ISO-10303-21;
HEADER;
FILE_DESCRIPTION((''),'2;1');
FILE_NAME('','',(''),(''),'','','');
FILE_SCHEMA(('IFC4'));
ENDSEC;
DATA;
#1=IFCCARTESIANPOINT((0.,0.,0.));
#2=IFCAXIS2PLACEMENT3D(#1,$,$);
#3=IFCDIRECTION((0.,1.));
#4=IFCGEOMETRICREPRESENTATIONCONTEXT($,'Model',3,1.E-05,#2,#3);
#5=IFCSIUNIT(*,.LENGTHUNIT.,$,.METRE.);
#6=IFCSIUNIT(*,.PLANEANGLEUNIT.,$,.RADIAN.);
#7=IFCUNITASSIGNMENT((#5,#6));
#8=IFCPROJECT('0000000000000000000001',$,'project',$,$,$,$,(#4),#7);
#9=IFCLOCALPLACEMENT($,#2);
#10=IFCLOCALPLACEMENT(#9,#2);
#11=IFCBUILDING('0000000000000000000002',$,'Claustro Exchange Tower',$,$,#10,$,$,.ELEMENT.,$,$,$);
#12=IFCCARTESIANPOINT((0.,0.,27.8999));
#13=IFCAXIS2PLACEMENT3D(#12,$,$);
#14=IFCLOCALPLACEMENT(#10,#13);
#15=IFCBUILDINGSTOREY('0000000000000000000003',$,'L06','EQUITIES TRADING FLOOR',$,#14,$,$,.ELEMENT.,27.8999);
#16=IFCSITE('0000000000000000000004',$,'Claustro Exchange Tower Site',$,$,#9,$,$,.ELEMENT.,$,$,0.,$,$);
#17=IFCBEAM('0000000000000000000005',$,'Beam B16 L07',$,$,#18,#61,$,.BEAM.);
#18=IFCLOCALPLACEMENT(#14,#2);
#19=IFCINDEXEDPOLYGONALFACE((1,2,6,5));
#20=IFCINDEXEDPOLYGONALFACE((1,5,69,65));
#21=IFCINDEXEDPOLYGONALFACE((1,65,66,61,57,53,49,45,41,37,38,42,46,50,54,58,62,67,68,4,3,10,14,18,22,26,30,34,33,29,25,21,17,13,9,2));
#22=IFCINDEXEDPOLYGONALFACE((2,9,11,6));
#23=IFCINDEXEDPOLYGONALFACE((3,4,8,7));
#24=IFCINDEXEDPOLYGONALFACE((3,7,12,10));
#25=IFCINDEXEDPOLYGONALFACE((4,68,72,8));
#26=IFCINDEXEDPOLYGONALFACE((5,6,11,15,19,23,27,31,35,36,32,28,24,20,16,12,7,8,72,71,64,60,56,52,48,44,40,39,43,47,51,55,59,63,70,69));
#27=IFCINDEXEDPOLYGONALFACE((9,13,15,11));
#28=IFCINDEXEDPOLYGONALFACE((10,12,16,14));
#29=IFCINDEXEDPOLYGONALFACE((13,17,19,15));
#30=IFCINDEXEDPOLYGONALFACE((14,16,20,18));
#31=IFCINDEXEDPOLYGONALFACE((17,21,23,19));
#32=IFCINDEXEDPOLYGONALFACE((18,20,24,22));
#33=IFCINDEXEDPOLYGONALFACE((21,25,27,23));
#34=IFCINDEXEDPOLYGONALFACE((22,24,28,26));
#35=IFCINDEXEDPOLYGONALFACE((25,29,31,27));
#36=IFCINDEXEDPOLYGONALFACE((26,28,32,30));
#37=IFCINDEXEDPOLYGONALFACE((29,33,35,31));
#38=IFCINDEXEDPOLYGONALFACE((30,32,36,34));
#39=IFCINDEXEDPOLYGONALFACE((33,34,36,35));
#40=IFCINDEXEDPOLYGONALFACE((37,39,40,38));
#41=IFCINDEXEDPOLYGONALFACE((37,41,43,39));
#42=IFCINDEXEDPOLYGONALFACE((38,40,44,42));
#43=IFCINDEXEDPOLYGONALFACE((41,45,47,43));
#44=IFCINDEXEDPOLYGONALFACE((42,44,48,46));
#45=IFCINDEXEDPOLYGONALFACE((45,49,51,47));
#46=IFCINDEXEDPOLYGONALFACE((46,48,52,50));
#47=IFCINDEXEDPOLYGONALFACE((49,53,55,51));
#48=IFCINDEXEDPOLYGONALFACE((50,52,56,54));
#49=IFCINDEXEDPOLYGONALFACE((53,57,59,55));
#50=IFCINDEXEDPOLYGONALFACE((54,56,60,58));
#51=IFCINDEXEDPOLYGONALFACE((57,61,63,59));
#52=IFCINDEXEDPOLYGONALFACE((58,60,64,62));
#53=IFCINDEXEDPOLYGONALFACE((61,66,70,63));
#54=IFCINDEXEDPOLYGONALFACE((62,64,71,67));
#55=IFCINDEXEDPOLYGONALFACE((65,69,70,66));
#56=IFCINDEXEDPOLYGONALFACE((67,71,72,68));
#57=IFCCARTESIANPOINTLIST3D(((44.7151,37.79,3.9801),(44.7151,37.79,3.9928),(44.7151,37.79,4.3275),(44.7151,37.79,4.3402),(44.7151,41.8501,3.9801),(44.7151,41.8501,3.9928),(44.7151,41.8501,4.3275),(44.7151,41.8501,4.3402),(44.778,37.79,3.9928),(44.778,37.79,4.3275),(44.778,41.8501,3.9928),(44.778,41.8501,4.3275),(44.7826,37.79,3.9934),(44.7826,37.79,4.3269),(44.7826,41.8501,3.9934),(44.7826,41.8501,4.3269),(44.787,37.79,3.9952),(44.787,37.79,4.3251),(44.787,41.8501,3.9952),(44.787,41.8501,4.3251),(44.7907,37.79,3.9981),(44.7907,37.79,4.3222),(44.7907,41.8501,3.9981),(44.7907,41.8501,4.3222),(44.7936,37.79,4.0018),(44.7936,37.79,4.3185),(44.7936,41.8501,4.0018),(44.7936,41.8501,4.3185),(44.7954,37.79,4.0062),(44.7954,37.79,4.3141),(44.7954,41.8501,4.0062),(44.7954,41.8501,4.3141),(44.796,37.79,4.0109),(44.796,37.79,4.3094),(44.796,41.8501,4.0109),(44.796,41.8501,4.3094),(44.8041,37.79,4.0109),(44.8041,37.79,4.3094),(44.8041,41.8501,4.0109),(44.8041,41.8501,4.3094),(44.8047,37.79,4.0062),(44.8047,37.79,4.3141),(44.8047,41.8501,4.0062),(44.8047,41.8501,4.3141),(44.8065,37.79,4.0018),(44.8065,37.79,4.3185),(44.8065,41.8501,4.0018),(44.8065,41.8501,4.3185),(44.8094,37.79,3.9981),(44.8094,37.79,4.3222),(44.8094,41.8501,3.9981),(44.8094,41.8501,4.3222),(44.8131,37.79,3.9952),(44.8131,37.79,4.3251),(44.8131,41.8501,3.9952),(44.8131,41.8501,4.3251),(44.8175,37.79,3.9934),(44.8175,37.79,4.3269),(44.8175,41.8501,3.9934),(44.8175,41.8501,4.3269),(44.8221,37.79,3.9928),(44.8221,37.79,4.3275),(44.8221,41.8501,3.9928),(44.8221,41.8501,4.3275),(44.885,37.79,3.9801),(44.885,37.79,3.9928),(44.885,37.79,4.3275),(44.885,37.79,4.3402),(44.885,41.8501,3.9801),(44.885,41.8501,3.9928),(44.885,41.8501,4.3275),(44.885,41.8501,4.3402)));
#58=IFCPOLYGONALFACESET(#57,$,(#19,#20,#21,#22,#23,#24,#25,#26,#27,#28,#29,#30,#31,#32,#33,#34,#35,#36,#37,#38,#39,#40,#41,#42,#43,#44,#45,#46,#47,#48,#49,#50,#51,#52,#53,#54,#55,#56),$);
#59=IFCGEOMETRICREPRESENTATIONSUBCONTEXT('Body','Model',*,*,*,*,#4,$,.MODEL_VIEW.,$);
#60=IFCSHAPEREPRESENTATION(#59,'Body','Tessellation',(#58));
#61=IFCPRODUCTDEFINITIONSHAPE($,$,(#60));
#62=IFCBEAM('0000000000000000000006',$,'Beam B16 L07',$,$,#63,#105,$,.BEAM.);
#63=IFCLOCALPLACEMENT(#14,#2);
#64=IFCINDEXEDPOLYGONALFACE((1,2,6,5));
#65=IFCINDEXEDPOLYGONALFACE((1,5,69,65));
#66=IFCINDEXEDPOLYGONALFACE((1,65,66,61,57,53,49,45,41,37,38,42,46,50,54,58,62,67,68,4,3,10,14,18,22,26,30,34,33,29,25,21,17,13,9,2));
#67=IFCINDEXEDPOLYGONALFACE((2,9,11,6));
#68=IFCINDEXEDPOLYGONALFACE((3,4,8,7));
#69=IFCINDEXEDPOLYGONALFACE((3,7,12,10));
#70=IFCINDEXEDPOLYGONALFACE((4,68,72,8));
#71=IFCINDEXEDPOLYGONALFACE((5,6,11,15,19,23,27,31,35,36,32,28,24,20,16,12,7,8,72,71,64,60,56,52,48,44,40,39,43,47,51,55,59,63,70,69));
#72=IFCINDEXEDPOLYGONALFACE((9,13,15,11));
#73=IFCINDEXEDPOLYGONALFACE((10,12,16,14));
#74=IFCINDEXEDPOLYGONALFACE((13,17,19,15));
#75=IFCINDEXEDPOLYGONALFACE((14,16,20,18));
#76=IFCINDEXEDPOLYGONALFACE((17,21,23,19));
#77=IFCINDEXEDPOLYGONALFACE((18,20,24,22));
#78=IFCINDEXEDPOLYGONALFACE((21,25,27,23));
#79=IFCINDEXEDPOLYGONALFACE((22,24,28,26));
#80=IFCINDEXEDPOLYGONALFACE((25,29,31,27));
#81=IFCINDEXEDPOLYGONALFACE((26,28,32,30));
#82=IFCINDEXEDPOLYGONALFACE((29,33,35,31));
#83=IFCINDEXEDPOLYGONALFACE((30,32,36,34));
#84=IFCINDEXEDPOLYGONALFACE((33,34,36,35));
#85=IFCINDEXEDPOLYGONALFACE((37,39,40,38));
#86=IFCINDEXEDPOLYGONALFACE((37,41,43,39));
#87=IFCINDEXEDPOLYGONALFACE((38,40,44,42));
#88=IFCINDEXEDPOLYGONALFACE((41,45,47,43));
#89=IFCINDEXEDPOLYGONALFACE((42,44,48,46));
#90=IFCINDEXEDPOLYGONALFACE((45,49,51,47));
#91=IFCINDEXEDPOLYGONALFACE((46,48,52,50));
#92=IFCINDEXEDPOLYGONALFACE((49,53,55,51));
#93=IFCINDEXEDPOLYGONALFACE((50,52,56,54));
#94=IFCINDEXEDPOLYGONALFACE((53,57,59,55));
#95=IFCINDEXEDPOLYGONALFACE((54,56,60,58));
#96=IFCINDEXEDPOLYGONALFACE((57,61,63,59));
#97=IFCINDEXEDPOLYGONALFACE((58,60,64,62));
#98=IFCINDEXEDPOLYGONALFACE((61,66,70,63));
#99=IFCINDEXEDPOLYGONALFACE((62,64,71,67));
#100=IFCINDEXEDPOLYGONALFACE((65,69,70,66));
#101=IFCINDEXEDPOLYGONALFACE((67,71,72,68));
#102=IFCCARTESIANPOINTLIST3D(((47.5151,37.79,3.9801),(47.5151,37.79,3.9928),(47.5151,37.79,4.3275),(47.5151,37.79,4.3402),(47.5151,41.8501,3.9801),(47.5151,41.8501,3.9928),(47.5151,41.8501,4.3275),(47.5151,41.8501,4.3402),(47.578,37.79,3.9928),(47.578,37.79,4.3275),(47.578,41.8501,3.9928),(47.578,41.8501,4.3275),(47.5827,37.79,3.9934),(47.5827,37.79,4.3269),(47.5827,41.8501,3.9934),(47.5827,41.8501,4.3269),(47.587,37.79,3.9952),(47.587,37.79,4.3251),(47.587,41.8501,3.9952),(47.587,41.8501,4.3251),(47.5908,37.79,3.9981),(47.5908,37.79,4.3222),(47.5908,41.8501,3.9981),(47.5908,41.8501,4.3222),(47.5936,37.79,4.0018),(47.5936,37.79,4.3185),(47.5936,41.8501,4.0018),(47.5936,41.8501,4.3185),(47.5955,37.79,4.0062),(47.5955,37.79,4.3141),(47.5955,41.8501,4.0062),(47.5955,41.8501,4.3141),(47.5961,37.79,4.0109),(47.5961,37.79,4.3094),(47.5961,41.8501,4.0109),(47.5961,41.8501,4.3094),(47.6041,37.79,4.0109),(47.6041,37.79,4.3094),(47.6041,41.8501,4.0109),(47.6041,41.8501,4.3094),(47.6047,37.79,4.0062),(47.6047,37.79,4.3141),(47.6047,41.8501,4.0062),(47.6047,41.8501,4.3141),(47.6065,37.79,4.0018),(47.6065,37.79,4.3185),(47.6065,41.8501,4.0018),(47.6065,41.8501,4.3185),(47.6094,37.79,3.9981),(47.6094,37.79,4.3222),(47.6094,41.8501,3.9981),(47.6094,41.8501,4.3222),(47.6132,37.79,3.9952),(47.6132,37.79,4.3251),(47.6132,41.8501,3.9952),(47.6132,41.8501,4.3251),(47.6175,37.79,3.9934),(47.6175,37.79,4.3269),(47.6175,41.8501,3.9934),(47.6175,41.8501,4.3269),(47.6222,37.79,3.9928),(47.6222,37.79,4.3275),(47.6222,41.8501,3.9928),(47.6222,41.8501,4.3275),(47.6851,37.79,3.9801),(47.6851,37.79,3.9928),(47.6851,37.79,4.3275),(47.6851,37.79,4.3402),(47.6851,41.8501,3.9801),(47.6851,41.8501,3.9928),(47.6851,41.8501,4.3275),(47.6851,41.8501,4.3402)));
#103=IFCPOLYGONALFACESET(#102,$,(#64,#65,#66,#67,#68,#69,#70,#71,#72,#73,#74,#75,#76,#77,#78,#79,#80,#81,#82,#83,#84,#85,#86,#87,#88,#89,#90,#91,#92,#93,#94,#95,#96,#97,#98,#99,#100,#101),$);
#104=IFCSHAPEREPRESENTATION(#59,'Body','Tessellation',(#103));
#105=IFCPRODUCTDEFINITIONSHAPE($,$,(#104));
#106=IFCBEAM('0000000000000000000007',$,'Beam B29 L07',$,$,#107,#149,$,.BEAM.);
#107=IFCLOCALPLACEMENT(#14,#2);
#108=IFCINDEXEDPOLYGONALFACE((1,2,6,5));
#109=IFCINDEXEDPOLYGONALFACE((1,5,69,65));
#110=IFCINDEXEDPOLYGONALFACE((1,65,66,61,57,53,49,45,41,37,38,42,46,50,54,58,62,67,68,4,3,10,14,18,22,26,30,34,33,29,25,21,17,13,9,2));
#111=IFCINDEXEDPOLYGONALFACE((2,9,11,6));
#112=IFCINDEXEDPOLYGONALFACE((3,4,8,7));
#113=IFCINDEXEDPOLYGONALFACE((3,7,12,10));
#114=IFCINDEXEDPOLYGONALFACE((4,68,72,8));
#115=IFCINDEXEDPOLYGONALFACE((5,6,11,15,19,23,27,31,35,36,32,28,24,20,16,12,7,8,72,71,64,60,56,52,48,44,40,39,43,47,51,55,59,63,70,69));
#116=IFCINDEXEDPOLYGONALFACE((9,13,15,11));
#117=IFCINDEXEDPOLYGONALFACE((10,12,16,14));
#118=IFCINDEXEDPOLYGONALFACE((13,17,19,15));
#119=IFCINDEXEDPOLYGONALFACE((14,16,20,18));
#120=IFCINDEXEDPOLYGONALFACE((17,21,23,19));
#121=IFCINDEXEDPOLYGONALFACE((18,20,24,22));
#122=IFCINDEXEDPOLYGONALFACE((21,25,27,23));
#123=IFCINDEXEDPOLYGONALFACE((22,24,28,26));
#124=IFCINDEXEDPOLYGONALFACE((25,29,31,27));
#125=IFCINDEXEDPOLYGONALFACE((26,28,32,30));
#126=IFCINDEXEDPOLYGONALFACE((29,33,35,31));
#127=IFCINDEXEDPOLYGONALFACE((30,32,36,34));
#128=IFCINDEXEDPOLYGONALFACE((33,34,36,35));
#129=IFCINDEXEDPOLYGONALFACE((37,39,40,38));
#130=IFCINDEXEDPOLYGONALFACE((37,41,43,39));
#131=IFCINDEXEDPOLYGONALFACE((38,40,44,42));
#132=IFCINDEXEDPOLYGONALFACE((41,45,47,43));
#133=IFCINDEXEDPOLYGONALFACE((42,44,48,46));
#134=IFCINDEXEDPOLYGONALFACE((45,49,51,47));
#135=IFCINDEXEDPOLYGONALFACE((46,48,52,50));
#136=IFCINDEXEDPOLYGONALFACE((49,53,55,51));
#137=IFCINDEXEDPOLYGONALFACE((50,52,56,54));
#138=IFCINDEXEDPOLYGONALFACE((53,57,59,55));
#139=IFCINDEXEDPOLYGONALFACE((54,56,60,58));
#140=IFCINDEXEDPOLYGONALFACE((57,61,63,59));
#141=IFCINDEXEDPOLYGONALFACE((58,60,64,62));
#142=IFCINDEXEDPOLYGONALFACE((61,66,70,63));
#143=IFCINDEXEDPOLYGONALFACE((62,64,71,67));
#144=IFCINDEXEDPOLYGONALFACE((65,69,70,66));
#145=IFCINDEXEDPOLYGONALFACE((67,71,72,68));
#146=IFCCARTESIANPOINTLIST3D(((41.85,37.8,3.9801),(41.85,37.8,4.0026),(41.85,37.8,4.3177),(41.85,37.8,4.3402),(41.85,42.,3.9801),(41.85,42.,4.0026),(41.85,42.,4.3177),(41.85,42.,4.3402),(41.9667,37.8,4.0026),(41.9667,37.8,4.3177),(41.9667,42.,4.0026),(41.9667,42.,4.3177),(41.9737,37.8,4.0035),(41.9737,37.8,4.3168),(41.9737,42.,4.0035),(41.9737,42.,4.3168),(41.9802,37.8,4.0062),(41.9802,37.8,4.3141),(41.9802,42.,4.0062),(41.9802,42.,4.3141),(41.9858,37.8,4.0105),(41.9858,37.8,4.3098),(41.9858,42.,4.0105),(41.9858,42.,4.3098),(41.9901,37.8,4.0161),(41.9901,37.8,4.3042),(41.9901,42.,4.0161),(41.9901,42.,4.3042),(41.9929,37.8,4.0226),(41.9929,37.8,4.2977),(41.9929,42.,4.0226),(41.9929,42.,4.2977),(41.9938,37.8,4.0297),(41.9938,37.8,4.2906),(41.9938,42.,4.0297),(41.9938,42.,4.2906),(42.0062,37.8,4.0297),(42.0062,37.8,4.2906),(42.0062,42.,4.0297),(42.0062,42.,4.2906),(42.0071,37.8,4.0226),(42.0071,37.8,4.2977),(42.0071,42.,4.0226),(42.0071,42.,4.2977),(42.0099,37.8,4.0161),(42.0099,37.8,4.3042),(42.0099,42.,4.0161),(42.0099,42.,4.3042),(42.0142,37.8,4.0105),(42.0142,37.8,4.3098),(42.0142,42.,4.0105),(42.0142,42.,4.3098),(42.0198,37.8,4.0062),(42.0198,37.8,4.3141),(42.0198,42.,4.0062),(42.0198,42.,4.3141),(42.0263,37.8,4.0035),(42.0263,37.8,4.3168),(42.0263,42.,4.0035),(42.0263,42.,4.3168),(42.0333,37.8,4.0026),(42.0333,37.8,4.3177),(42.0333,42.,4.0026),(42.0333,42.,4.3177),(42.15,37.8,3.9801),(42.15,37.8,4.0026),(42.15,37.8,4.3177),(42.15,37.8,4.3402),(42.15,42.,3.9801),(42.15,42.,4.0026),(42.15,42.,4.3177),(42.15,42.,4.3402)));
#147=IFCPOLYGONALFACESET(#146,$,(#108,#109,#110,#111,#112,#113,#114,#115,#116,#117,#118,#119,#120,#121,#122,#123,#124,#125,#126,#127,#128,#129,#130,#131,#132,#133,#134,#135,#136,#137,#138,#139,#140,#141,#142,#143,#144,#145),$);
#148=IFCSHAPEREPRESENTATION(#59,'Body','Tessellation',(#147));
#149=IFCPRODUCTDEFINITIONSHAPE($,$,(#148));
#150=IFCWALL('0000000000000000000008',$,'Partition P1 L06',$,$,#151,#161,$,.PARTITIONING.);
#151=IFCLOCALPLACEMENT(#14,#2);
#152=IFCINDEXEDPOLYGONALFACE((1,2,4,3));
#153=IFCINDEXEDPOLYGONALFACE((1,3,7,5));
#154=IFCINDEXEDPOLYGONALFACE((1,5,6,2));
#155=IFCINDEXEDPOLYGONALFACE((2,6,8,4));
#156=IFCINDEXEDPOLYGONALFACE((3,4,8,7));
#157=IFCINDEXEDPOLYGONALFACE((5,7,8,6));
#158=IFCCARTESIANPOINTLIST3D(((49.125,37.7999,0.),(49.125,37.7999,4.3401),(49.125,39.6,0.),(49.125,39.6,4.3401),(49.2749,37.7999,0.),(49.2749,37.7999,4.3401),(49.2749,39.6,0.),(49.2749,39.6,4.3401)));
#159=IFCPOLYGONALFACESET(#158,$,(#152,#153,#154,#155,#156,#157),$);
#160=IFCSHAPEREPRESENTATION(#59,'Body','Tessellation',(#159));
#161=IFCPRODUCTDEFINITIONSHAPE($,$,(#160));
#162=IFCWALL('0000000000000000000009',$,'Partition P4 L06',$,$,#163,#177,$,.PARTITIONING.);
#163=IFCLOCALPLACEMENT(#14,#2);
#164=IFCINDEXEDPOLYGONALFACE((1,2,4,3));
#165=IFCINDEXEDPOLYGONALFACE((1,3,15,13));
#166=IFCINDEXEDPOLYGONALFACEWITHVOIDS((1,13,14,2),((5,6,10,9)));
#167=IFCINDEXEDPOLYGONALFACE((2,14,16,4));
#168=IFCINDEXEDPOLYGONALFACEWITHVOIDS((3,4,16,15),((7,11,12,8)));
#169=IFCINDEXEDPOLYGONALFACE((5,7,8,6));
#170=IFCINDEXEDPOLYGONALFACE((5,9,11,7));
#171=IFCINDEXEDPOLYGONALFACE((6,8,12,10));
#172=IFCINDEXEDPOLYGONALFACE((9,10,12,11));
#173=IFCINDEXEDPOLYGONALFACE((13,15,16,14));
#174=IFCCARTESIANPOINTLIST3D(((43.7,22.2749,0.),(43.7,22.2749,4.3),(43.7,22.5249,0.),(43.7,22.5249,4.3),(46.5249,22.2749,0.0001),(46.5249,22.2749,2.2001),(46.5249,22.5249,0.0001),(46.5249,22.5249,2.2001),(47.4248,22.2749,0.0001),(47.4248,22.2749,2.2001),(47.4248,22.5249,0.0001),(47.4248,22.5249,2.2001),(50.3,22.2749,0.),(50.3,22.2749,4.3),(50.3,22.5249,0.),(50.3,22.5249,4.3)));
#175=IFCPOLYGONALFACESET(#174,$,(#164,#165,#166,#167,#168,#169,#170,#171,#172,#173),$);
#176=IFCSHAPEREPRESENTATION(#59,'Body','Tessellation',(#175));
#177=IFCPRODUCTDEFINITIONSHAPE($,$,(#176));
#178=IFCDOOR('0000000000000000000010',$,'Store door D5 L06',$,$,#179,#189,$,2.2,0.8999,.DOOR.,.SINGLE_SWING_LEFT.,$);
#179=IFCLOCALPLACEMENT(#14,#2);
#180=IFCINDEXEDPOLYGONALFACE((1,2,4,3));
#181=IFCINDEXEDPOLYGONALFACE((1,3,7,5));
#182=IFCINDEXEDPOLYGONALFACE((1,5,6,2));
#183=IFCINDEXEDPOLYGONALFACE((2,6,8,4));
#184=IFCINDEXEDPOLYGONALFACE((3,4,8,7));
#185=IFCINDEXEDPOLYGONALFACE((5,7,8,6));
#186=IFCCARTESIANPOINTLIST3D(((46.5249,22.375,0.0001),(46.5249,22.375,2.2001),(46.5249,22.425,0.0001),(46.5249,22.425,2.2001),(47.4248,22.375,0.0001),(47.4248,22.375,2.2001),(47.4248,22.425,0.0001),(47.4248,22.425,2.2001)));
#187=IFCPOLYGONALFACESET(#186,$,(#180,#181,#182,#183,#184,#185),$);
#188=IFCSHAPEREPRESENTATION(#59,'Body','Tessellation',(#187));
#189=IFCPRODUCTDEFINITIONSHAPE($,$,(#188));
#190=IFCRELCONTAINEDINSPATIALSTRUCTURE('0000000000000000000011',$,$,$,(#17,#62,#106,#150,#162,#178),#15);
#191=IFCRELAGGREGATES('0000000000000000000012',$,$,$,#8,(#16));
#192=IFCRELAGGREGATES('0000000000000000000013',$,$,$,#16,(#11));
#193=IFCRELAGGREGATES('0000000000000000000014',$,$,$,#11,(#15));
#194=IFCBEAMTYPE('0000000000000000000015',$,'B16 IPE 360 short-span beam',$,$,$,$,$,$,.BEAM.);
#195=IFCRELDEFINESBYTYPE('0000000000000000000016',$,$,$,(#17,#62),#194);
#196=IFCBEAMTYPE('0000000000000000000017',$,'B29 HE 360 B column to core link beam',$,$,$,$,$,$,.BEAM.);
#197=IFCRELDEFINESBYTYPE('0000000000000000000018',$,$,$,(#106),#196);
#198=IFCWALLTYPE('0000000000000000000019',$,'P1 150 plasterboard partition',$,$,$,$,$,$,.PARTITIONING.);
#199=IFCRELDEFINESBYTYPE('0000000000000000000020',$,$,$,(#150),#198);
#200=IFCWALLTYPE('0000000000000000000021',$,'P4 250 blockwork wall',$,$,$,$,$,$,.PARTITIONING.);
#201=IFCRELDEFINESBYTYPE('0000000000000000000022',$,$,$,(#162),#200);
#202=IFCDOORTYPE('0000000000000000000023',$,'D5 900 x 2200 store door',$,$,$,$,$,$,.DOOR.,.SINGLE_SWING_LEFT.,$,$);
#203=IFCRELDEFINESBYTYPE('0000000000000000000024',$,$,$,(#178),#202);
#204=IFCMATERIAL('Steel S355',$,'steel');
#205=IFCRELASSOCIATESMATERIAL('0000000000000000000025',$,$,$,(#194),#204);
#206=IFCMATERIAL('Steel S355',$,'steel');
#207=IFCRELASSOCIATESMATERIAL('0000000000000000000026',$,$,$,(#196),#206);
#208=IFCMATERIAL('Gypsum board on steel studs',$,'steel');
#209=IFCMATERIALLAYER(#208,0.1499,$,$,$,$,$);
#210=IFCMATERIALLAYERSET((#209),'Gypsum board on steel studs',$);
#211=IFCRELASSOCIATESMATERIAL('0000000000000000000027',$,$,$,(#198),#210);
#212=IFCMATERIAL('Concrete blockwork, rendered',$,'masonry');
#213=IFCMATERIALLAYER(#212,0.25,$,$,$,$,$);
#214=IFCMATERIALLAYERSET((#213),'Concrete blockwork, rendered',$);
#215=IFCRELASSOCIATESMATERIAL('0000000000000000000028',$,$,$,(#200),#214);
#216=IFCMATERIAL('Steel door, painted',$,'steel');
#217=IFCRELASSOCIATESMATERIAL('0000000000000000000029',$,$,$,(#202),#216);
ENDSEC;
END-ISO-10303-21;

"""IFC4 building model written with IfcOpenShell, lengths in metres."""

from ifc_helpers import new_model, si_unit, direction, frame, frame_2d, origin, origin_2d, place, context, subcontext, project, spatial, rectangle, i_section, extrude, material, layer, layer_set, material_profile, profile_set, type_object, element, fill, save


model = new_model("IFC4")

# Units and contexts
model_context = context("Model", 3, precision=1e-05, world=origin(), true_north=direction((0.0, 1.0)))
body_context = subcontext(model_context, "Body", "Model", "MODEL_VIEW")
ifc_project = project(units=[si_unit("LENGTHUNIT", "METRE"), si_unit("PLANEANGLEUNIT", "RADIAN")], contexts=[model_context])

# Site, building, storey
site_placement = place(None, origin())
site = spatial("IfcSite", under=ifc_project, at=site_placement, Name="Claustro Exchange Tower Site", CompositionType="ELEMENT", RefElevation=0.0)
building_placement = place(site_placement, origin())
building = spatial("IfcBuilding", under=site, at=building_placement, Name="Claustro Exchange Tower", CompositionType="ELEMENT")
storey_placement = place(building_placement, frame((0.0, 0.0, 27.8999)))
storey = spatial("IfcBuildingStorey", under=building, at=storey_placement, Name="L06", Description="EQUITIES TRADING FLOOR", CompositionType="ELEMENT", Elevation=27.8999)

# Beams
ifc_material_1 = material(Name="Steel S355", Category="steel")
ifc_material_profile_1 = material_profile(ifc_material_1, i_section(OverallWidth=0.1699, OverallDepth=0.3601, WebThickness=0.0081, FlangeThickness=0.0127, FilletRadius=0.0181, at=origin_2d()), Name="IPE 360")
ifc_profile_set_1 = profile_set([ifc_material_profile_1], Name="Steel S355")
beam_type_1 = type_object("IfcBeamType", Name="B16 IPE 360 short-span beam", PredefinedType="BEAM", material=ifc_profile_set_1)
for number, where, z_axis, x_axis, name in (
    (1, (44.8, 37.79, 4.1602), (0.0, 1.0, 0.0), (-1.0, 0.0, 0.0), "Beam B16 L07"),
    (2, (47.6001, 37.79, 4.1602), (0.0, 1.0, 0.0), (-1.0, 0.0, 0.0), "Beam B16 L07"),
):
    element("IfcBeam", number, at=place(storey_placement, frame(where, z_axis=z_axis, x_axis=x_axis)), inside=storey, type_object=beam_type_1, Name=name, PredefinedType="BEAM", context=body_context, shape_type="SweptSolid", body=[
        extrude(i_section(OverallWidth=0.1699, OverallDepth=0.3601, WebThickness=0.0081, FlangeThickness=0.0127, FilletRadius=0.0181, at=origin_2d()), origin(), (0.0, 0.0, 1.0), 4.0601),
    ])
ifc_material_2 = material(Name="Steel S355", Category="steel")
ifc_material_profile_2 = material_profile(ifc_material_2, i_section(OverallWidth=0.3, OverallDepth=0.3601, WebThickness=0.0125, FlangeThickness=0.0225, FilletRadius=0.0271, at=origin_2d()), Name="HE 360 B")
ifc_profile_set_2 = profile_set([ifc_material_profile_2], Name="Steel S355")
beam_type_2 = type_object("IfcBeamType", Name="B29 HE 360 B column to core link beam", PredefinedType="BEAM", material=ifc_profile_set_2)
beam_placement = place(storey_placement, frame((42.0, 37.8, 4.1602), z_axis=(0.0, 1.0, 0.0), x_axis=(-1.0, 0.0, 0.0)))
element("IfcBeam", 3, at=beam_placement, inside=storey, type_object=beam_type_2, Name="Beam B29 L07", PredefinedType="BEAM", context=body_context, shape_type="SweptSolid", body=[
    extrude(i_section(OverallWidth=0.3, OverallDepth=0.3601, WebThickness=0.0125, FlangeThickness=0.0225, FilletRadius=0.0271, at=origin_2d()), origin(), (0.0, 0.0, 1.0), 4.2),
])

# Wall
ifc_material_3 = material(Name="Gypsum board on steel studs", Category="steel")
ifc_layer_1 = layer(ifc_material_3, 0.1499)
ifc_layer_set_1 = layer_set([ifc_layer_1], Name="Gypsum board on steel studs")
wall_type_1 = type_object("IfcWallType", Name="P1 150 plasterboard partition", PredefinedType="PARTITIONING", material=ifc_layer_set_1)
wall_1_placement = place(storey_placement, frame((49.2, 37.8, 0.0), z_axis=(0.0, 0.0, 1.0), x_axis=(0.0, 1.0, 0.0)))
element("IfcWall", 4, at=wall_1_placement, inside=storey, type_object=wall_type_1, Name="Partition P1 L06", PredefinedType="PARTITIONING", context=body_context, shape_type="SweptSolid", body=[
    extrude(rectangle(XDim=1.8, YDim=0.1499, at=frame_2d((0.8999, 0.0))), origin(), (0.0, 0.0, 1.0), 4.3401),
])

# Wall, opening, door
ifc_material_4 = material(Name="Concrete blockwork, rendered", Category="masonry")
ifc_layer_2 = layer(ifc_material_4, 0.25)
ifc_layer_set_2 = layer_set([ifc_layer_2], Name="Concrete blockwork, rendered")
wall_type_2 = type_object("IfcWallType", Name="P4 250 blockwork wall", PredefinedType="PARTITIONING", material=ifc_layer_set_2)
wall_2_placement = place(storey_placement, frame((43.7, 22.3999, 0.0), z_axis=(0.0, 0.0, 1.0), x_axis=(1.0, 0.0, 0.0)))
wall_2 = element("IfcWall", 5, at=wall_2_placement, inside=storey, type_object=wall_type_2, Name="Partition P4 L06", PredefinedType="PARTITIONING", context=body_context, shape_type="SweptSolid", body=[
    extrude(rectangle(XDim=6.6001, YDim=0.25, at=frame_2d((3.3, 0.0))), origin(), (0.0, 0.0, 1.0), 4.3),
])
opening_placement = place(wall_2_placement, frame((2.825, 0.0, 0.0)))
opening = element("IfcOpeningElement", 6, at=opening_placement, cuts=wall_2, PredefinedType="OPENING", context=body_context, shape_type="SweptSolid", body=[
    extrude(rectangle(XDim=0.8999, YDim=2.2, at=frame_2d((0.45, 1.1001))), frame((0.0, 0.135, 0.0), z_axis=(0.0, -1.0, 0.0), x_axis=(1.0, 0.0, 0.0)), (0.0, 0.0, 1.0), 0.27),
])
ifc_material_5 = material(Name="Steel door, painted", Category="steel")
door_type = type_object("IfcDoorType", Name="D5 900 x 2200 store door", OperationType="SINGLE_SWING_LEFT", PredefinedType="DOOR", material=ifc_material_5)
door_placement = place(opening_placement, frame((0.8999, 0.0, 0.0), z_axis=(0.0, 0.0, 1.0), x_axis=(-1.0, 0.0, 0.0)))
door = element("IfcDoor", 7, at=door_placement, inside=storey, type_object=door_type, Name="Store door D5 L06", OperationType="SINGLE_SWING_LEFT", OverallHeight=2.2, OverallWidth=0.8999, PredefinedType="DOOR", context=body_context, shape_type="SweptSolid", body=[
    extrude(rectangle(XDim=0.8999, YDim=2.2, at=frame_2d((0.45, 1.1001))), frame((0.0, 0.0249, 0.0), z_axis=(0.0, -1.0, 0.0), x_axis=(1.0, 0.0, 0.0)), (0.0, 0.0, 1.0), 0.05),
])
fill(opening, door)

save(model, "model.ifc")
